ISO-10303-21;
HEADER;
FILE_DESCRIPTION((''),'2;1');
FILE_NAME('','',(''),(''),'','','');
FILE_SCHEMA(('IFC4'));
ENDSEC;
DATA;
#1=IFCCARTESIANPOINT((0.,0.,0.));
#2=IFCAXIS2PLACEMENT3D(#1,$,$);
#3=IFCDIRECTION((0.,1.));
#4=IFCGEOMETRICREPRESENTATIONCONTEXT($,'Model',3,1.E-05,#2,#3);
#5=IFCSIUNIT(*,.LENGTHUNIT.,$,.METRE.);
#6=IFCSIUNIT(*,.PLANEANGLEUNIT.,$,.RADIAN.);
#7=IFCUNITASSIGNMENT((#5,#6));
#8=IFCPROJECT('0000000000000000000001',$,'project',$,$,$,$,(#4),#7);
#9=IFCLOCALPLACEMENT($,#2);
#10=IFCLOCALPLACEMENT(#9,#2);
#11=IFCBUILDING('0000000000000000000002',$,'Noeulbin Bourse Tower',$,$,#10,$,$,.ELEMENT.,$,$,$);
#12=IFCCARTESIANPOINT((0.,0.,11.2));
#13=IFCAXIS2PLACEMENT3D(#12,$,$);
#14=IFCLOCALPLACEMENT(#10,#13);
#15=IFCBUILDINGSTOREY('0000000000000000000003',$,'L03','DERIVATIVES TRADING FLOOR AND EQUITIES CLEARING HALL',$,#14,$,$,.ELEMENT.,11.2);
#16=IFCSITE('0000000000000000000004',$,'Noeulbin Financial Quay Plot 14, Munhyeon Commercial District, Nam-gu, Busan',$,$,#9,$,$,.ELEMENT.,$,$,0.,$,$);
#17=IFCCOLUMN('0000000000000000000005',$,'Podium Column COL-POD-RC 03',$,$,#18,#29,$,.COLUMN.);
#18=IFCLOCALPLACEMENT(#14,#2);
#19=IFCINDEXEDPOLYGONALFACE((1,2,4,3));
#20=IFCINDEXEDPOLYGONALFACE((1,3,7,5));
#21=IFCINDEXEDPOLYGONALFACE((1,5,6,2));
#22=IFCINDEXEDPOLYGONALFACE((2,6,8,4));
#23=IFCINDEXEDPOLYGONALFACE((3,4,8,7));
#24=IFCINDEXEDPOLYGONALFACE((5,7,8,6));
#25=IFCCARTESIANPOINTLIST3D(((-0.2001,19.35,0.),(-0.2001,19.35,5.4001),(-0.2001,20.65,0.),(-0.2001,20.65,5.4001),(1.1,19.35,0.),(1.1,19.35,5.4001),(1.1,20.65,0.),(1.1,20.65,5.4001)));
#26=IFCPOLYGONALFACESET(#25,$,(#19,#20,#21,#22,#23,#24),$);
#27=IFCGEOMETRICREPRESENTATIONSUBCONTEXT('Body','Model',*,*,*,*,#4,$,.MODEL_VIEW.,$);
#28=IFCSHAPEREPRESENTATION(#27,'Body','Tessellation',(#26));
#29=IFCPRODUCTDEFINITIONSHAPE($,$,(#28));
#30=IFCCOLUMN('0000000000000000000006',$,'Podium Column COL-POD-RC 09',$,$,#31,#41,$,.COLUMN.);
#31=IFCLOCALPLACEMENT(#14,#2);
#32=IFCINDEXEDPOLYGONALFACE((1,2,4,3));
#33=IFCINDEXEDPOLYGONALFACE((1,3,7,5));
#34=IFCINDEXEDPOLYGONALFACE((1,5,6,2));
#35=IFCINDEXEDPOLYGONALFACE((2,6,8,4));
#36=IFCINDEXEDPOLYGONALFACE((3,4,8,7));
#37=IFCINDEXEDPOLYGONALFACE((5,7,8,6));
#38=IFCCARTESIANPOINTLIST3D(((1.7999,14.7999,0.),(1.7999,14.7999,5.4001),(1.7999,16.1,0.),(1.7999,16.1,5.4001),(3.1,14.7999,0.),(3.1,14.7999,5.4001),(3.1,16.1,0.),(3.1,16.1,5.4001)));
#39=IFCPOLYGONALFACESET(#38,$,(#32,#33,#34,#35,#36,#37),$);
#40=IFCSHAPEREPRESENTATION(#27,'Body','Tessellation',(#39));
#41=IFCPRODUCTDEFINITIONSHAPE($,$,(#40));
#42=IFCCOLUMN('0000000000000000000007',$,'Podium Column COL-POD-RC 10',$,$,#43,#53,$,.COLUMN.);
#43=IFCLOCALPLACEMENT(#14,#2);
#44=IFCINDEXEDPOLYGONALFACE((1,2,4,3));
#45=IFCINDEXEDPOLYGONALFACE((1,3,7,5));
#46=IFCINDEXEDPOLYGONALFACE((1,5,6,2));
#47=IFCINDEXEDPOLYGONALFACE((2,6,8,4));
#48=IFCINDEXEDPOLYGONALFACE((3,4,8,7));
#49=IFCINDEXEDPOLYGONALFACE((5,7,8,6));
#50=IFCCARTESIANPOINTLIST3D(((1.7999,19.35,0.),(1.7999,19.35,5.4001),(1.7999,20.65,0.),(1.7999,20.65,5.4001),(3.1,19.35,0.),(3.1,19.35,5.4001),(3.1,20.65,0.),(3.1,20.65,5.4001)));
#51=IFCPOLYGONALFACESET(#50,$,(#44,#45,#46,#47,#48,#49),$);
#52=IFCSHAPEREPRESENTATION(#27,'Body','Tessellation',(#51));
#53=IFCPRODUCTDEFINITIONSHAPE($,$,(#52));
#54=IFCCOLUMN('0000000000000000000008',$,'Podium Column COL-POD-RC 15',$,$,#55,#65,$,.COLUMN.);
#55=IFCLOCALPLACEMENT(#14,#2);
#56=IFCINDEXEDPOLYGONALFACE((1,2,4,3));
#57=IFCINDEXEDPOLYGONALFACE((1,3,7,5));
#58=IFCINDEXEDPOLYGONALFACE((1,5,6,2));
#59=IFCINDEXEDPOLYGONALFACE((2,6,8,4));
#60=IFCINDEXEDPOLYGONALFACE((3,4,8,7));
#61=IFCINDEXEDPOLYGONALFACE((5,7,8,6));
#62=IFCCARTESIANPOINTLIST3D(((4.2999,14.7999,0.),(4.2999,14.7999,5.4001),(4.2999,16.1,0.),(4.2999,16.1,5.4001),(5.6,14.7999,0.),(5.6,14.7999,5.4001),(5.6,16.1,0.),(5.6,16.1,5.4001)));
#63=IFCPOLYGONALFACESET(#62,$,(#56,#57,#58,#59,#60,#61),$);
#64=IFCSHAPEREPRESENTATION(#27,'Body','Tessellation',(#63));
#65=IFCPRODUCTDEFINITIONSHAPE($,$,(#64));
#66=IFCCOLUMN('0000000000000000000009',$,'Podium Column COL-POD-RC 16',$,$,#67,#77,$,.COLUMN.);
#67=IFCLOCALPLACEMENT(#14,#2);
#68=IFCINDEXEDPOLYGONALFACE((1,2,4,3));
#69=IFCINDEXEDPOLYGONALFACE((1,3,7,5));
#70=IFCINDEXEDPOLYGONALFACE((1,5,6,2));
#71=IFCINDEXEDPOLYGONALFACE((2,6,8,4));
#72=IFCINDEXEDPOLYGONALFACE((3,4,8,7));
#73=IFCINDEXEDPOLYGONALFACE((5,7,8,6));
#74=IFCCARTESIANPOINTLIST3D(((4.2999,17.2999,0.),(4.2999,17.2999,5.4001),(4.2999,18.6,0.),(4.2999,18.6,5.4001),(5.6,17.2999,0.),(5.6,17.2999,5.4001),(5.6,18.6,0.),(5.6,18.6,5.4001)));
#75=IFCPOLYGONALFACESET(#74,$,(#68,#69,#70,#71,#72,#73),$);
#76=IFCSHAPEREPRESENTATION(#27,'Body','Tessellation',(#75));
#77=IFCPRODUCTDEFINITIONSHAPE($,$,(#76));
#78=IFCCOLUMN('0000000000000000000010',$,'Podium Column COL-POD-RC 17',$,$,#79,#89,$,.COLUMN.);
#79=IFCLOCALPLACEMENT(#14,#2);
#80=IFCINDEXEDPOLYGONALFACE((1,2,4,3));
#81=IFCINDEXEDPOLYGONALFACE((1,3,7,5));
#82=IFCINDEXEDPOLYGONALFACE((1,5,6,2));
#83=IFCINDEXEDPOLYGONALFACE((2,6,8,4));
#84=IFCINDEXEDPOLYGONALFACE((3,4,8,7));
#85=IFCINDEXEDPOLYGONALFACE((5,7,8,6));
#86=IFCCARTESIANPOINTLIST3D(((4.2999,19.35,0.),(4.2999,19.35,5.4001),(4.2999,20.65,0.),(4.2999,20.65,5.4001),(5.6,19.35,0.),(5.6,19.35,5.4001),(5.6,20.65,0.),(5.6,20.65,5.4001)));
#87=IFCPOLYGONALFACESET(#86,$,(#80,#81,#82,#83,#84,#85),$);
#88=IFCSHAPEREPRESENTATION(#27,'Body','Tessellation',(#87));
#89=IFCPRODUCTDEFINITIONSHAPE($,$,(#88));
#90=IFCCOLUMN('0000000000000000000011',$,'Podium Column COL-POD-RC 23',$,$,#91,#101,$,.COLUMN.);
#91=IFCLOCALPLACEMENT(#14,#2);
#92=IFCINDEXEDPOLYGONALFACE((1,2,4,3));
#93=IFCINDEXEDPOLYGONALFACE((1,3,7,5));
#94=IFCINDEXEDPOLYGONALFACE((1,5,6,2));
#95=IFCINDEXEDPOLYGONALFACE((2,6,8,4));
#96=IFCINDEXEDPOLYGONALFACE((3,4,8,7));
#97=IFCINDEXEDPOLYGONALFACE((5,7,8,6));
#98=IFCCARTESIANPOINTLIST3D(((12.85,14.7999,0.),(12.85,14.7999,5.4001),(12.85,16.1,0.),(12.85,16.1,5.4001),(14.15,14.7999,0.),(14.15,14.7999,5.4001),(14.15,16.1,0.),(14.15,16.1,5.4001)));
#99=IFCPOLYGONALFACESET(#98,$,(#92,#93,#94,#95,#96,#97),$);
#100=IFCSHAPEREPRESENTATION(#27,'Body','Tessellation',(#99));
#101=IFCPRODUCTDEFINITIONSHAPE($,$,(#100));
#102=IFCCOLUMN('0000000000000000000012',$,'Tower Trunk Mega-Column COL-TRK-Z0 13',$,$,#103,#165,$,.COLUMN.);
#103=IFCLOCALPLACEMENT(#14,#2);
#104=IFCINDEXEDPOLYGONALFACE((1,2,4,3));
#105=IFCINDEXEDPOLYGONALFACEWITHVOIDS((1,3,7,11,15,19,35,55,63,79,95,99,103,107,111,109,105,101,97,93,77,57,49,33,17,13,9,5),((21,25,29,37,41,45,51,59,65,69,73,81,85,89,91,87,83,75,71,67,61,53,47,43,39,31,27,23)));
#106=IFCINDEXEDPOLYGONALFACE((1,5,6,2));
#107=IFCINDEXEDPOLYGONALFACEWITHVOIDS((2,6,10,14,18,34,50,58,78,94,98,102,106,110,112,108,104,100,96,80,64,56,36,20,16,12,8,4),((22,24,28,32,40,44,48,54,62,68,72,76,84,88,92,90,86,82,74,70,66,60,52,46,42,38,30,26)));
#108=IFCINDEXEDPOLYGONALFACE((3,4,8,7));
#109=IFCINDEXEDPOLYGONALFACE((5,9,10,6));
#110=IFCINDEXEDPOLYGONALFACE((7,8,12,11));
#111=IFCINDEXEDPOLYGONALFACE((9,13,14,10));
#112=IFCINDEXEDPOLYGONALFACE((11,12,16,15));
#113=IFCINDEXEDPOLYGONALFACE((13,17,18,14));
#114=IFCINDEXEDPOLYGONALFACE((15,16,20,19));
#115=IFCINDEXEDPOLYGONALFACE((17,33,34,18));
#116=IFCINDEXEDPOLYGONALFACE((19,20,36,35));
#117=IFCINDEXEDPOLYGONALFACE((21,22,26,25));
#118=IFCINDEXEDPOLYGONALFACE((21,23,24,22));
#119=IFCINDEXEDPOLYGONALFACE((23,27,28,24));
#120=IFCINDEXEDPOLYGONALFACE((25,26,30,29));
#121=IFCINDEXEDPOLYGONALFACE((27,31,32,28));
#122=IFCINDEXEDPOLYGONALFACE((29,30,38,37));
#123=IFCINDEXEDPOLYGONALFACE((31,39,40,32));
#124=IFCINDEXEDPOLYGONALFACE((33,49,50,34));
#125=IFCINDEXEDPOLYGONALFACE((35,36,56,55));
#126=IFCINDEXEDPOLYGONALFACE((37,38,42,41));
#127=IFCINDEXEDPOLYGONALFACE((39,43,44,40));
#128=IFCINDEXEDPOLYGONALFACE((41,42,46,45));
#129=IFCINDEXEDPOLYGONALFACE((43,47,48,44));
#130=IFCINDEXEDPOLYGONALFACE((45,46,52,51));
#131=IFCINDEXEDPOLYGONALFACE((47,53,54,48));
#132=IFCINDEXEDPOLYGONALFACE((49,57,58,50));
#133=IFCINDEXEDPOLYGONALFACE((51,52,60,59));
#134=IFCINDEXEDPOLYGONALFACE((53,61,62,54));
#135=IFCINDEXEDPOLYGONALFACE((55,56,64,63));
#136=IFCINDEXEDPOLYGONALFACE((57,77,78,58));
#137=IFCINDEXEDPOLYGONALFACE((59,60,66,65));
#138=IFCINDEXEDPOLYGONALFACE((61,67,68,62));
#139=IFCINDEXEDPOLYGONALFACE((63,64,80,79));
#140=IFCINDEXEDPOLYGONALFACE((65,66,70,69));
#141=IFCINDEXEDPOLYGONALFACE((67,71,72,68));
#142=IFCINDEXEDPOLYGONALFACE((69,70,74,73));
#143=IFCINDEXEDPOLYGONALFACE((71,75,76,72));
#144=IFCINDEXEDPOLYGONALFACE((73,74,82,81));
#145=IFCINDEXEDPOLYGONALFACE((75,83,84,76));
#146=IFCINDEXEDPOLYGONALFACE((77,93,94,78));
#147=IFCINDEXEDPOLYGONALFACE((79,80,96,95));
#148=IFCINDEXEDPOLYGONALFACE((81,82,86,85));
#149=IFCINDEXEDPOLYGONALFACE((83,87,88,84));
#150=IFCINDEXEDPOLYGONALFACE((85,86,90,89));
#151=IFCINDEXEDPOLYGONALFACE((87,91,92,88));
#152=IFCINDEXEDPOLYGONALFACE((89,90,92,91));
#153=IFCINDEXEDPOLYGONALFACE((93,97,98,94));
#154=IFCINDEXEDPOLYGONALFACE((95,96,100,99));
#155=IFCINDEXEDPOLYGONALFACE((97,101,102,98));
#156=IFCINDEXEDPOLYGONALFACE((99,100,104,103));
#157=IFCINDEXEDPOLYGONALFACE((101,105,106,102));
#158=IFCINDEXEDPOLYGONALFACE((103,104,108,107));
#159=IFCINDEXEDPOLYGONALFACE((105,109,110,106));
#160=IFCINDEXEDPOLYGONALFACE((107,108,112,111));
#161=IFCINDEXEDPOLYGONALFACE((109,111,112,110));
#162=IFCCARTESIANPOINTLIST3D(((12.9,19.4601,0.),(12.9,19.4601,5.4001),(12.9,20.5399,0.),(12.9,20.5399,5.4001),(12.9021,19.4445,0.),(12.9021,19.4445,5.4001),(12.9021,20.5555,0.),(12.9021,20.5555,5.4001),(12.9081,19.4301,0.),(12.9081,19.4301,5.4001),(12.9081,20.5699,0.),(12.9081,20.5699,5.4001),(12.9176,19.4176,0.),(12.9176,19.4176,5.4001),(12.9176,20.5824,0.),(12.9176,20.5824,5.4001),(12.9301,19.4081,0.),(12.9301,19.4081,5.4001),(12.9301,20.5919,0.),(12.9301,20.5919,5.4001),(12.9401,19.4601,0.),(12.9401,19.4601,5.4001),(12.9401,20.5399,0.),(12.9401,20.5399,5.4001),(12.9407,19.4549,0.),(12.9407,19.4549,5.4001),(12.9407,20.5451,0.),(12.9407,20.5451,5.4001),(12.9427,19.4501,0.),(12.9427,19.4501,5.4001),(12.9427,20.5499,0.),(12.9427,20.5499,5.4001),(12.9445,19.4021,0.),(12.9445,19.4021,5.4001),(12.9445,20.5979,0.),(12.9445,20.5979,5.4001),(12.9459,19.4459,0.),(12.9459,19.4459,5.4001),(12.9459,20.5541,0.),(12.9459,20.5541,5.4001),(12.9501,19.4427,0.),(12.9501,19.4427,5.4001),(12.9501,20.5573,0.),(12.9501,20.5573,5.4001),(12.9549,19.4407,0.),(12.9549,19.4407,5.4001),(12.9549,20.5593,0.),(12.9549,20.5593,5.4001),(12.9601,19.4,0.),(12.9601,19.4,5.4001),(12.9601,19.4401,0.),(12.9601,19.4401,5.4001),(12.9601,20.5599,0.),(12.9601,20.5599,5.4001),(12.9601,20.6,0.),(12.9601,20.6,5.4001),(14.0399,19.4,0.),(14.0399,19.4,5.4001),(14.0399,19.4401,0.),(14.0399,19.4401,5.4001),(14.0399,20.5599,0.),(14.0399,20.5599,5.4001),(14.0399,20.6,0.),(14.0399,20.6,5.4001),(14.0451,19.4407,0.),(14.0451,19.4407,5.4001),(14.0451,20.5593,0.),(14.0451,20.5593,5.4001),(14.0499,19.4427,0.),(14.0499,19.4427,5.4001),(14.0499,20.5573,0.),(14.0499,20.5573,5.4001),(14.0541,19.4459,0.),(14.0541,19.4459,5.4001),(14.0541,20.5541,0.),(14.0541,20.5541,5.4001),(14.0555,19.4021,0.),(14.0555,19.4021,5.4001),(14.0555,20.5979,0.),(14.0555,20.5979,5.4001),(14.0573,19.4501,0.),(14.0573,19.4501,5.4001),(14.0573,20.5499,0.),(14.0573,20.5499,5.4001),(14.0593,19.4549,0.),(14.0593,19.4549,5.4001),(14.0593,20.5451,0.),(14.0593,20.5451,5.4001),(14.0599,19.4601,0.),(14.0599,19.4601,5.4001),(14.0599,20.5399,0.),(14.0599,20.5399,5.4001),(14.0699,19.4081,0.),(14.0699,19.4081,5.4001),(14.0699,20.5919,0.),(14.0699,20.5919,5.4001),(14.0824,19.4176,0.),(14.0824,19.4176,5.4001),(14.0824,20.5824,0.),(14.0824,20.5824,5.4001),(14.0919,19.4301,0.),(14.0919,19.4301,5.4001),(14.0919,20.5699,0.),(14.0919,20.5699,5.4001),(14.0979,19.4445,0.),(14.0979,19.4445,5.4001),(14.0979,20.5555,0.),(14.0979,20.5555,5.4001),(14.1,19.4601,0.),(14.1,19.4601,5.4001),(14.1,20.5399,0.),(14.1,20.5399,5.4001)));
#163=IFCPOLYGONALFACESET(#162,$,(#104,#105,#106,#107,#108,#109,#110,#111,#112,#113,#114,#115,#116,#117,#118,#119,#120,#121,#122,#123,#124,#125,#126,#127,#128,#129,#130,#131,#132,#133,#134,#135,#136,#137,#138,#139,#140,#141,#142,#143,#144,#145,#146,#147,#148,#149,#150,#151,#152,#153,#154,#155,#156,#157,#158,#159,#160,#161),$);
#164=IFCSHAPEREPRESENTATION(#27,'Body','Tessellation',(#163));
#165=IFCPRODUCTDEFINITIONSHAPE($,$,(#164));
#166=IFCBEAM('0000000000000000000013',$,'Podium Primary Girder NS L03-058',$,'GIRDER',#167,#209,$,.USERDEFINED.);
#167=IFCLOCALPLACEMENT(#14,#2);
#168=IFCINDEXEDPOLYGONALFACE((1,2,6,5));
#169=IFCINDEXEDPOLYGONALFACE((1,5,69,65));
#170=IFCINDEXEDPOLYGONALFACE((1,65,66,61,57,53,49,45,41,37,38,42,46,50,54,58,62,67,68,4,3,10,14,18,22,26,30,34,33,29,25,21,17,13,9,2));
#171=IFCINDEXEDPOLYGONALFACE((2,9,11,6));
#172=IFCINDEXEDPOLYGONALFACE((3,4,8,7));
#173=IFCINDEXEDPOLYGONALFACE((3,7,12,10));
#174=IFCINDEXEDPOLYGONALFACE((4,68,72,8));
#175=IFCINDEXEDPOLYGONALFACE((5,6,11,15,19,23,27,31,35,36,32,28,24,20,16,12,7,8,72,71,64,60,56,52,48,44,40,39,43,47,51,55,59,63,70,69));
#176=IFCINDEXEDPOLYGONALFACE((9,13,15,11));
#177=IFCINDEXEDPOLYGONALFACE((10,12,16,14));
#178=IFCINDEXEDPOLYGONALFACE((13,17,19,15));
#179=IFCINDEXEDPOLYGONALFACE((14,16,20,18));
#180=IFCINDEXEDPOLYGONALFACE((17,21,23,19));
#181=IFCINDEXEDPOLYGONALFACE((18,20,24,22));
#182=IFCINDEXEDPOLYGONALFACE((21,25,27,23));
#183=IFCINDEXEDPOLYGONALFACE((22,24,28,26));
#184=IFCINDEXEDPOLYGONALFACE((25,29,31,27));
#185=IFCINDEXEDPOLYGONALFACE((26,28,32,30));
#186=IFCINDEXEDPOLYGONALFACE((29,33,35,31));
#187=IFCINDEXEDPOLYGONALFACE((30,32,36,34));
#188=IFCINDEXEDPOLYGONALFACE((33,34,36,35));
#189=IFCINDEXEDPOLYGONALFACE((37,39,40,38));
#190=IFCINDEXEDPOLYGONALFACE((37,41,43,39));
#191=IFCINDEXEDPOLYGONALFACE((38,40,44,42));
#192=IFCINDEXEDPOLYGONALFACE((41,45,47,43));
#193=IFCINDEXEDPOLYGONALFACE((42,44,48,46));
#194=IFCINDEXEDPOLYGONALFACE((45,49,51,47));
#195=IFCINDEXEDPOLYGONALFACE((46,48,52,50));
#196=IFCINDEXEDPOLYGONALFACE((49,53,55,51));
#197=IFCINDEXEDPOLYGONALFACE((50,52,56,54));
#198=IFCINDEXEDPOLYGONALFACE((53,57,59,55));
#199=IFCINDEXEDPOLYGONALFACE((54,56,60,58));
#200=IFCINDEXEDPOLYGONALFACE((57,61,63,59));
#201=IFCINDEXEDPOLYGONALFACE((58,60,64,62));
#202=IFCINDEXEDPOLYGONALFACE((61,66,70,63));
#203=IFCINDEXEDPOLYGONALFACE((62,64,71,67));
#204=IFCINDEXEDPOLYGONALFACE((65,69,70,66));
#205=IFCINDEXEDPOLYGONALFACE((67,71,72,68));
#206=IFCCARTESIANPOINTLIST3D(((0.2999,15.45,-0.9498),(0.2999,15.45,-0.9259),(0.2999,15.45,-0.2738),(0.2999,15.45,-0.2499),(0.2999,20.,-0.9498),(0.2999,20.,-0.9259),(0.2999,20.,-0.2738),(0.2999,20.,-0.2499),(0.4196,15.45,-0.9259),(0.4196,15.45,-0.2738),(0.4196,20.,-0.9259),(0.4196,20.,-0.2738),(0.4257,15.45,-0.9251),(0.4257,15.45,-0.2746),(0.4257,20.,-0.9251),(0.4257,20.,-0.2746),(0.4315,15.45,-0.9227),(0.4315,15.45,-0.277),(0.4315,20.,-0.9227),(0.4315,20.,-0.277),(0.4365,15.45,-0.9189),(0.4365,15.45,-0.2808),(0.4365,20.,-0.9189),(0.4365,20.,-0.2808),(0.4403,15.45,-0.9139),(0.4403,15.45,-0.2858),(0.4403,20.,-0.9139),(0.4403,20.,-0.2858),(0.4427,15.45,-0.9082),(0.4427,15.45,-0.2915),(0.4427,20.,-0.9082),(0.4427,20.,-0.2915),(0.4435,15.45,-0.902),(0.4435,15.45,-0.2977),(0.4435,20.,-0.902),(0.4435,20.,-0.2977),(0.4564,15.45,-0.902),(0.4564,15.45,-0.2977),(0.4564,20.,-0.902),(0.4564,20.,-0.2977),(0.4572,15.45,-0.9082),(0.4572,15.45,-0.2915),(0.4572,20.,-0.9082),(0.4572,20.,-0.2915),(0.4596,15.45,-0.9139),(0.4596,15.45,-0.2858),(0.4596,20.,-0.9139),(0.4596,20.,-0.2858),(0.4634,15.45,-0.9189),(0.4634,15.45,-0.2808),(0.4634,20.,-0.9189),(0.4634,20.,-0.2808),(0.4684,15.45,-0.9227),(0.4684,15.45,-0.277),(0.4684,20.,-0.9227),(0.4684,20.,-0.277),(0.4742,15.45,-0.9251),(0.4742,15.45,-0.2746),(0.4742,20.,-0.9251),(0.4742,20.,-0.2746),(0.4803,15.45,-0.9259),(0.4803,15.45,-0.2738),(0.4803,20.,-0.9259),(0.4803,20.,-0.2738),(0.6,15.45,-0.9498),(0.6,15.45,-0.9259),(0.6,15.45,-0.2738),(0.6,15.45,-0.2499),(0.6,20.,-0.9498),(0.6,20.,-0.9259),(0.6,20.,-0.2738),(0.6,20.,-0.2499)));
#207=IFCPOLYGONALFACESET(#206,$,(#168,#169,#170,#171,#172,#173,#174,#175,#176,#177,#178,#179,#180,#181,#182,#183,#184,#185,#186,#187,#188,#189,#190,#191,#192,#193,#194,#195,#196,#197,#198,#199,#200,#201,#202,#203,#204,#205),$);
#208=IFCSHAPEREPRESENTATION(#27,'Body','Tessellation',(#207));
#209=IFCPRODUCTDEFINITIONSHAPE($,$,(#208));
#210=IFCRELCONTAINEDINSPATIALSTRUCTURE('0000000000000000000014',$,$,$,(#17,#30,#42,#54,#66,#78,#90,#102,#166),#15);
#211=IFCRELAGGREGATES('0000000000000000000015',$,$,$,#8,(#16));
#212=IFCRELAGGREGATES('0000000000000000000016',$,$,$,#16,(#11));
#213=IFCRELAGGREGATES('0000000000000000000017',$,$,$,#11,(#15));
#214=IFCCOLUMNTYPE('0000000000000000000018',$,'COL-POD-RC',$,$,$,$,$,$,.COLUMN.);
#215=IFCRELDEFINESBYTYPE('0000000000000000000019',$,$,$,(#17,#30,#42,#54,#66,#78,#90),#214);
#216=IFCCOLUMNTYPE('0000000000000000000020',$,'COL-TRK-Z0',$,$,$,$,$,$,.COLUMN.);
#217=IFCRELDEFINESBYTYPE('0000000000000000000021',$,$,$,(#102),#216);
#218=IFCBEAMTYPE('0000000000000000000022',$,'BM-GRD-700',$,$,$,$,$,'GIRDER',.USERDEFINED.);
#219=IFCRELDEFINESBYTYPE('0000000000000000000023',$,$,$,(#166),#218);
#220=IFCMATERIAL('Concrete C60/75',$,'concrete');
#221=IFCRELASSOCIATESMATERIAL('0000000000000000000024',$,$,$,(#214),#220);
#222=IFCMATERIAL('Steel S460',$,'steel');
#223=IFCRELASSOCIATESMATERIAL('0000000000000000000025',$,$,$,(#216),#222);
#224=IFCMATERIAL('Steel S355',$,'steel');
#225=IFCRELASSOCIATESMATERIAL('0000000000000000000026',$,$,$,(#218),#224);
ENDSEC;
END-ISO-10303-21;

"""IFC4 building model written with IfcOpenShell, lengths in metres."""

from ifc_helpers import new_model, si_unit, direction, frame, origin, origin_2d, place, context, subcontext, project, spatial, rectangle, hollow_rectangle, i_section, extrude, material, material_profile, profile_set, type_object, element, save


model = new_model("IFC4")

# Units and contexts
model_context = context("Model", 3, precision=1e-05, world=origin(), true_north=direction((0.0, 1.0)))
body_context = subcontext(model_context, "Body", "Model", "MODEL_VIEW")
ifc_project = project(units=[si_unit("LENGTHUNIT", "METRE"), si_unit("PLANEANGLEUNIT", "RADIAN")], contexts=[model_context])

# Site, building, storey
site_placement = place(None, origin())
site = spatial("IfcSite", under=ifc_project, at=site_placement, Name="Noeulbin Financial Quay Plot 14, Munhyeon Commercial District, Nam-gu, Busan", CompositionType="ELEMENT", RefElevation=0.0)
building_placement = place(site_placement, origin())
building = spatial("IfcBuilding", under=site, at=building_placement, Name="Noeulbin Bourse Tower", CompositionType="ELEMENT")
storey_placement = place(building_placement, frame((0.0, 0.0, 11.2)))
storey = spatial("IfcBuildingStorey", under=building, at=storey_placement, Name="L03", Description="DERIVATIVES TRADING FLOOR AND EQUITIES CLEARING HALL", CompositionType="ELEMENT", Elevation=11.2)

# Columns
ifc_material_1 = material(Name="Concrete C60/75", Category="concrete")
ifc_material_profile_1 = material_profile(ifc_material_1, rectangle(XDim=1.3, YDim=1.3, at=origin_2d()), Name="RC-COL-1300x1300", Category="LoadBearing")
ifc_profile_set_1 = profile_set([ifc_material_profile_1], Name="Concrete C60/75")
column_type_1 = type_object("IfcColumnType", Name="COL-POD-RC", PredefinedType="COLUMN", material=ifc_profile_set_1)
for number, where, z_axis, x_axis, name in (
    (1, (0.45, 20.0, 0.0), (0.0, 0.0, 1.0), (1.0, 0.0, 0.0), "Podium Column COL-POD-RC 03"),
    (2, (2.45, 15.45, 0.0), (0.0, 0.0, 1.0), (1.0, 0.0, 0.0), "Podium Column COL-POD-RC 09"),
    (3, (2.45, 20.0, 0.0), (0.0, 0.0, 1.0), (1.0, 0.0, 0.0), "Podium Column COL-POD-RC 10"),
    (4, (4.95, 15.45, 0.0), (0.0, 0.0, 1.0), (1.0, 0.0, 0.0), "Podium Column COL-POD-RC 15"),
    (5, (4.95, 17.95, 0.0), (0.0, 0.0, 1.0), (1.0, 0.0, 0.0), "Podium Column COL-POD-RC 16"),
    (6, (4.95, 20.0, 0.0), (0.0, 0.0, 1.0), (1.0, 0.0, 0.0), "Podium Column COL-POD-RC 17"),
    (7, (13.5, 15.45, 0.0), (0.0, 0.0, 1.0), (1.0, 0.0, 0.0), "Podium Column COL-POD-RC 23"),
):
    element("IfcColumn", number, at=place(storey_placement, frame(where, z_axis=z_axis, x_axis=x_axis)), inside=storey, type_object=column_type_1, Name=name, PredefinedType="COLUMN", context=body_context, shape_type="SweptSolid", body=[
        extrude(rectangle(XDim=1.3, YDim=1.3, at=origin_2d()), origin(), (0.0, 0.0, 1.0), 5.4001),
    ])
ifc_material_2 = material(Name="Steel S460", Category="steel")
ifc_material_profile_2 = material_profile(ifc_material_2, hollow_rectangle(XDim=1.2, YDim=1.2, WallThickness=0.04, InnerFilletRadius=0.02, OuterFilletRadius=0.0601, at=origin_2d()), Name="BOX-1200x1200x40", Category="LoadBearing")
ifc_profile_set_2 = profile_set([ifc_material_profile_2], Name="Steel S460")
column_type_2 = type_object("IfcColumnType", Name="COL-TRK-Z0", PredefinedType="COLUMN", material=ifc_profile_set_2)
column_placement = place(storey_placement, frame((13.5, 20.0, 0.0), z_axis=(0.0, 0.0, 1.0), x_axis=(1.0, 0.0, 0.0)))
element("IfcColumn", 8, at=column_placement, inside=storey, type_object=column_type_2, Name="Tower Trunk Mega-Column COL-TRK-Z0 13", PredefinedType="COLUMN", context=body_context, shape_type="SweptSolid", body=[
    extrude(hollow_rectangle(XDim=1.2, YDim=1.2, WallThickness=0.04, InnerFilletRadius=0.02, OuterFilletRadius=0.0601, at=origin_2d()), origin(), (0.0, 0.0, 1.0), 5.4001),
])

# Beam
ifc_material_3 = material(Name="Steel S355", Category="steel")
ifc_material_profile_3 = material_profile(ifc_material_3, i_section(OverallWidth=0.3, OverallDepth=0.7, WebThickness=0.0129, FlangeThickness=0.0239, FilletRadius=0.0239, at=origin_2d()), Name="H-700x300x13x24", Category="LoadBearing")
ifc_profile_set_3 = profile_set([ifc_material_profile_3], Name="Steel S355")
beam_type_1 = type_object("IfcBeamType", Name="BM-GRD-700", ElementType="GIRDER", PredefinedType="USERDEFINED", material=ifc_profile_set_3)
beam_1_placement = place(storey_placement, frame((0.45, 15.45, -0.5999), z_axis=(0.0, 1.0, 0.0), x_axis=(-1.0, 0.0, 0.0)))
element("IfcBeam", 9, at=beam_1_placement, inside=storey, type_object=beam_type_1, Name="Podium Primary Girder NS L03-058", ObjectType="GIRDER", PredefinedType="USERDEFINED", context=body_context, shape_type="SweptSolid", body=[
    extrude(i_section(OverallWidth=0.3, OverallDepth=0.7, WebThickness=0.0129, FlangeThickness=0.0239, FilletRadius=0.0239, at=origin_2d()), origin(), (0.0, 0.0, 1.0), 4.55),
])

save(model, "model.ifc")
